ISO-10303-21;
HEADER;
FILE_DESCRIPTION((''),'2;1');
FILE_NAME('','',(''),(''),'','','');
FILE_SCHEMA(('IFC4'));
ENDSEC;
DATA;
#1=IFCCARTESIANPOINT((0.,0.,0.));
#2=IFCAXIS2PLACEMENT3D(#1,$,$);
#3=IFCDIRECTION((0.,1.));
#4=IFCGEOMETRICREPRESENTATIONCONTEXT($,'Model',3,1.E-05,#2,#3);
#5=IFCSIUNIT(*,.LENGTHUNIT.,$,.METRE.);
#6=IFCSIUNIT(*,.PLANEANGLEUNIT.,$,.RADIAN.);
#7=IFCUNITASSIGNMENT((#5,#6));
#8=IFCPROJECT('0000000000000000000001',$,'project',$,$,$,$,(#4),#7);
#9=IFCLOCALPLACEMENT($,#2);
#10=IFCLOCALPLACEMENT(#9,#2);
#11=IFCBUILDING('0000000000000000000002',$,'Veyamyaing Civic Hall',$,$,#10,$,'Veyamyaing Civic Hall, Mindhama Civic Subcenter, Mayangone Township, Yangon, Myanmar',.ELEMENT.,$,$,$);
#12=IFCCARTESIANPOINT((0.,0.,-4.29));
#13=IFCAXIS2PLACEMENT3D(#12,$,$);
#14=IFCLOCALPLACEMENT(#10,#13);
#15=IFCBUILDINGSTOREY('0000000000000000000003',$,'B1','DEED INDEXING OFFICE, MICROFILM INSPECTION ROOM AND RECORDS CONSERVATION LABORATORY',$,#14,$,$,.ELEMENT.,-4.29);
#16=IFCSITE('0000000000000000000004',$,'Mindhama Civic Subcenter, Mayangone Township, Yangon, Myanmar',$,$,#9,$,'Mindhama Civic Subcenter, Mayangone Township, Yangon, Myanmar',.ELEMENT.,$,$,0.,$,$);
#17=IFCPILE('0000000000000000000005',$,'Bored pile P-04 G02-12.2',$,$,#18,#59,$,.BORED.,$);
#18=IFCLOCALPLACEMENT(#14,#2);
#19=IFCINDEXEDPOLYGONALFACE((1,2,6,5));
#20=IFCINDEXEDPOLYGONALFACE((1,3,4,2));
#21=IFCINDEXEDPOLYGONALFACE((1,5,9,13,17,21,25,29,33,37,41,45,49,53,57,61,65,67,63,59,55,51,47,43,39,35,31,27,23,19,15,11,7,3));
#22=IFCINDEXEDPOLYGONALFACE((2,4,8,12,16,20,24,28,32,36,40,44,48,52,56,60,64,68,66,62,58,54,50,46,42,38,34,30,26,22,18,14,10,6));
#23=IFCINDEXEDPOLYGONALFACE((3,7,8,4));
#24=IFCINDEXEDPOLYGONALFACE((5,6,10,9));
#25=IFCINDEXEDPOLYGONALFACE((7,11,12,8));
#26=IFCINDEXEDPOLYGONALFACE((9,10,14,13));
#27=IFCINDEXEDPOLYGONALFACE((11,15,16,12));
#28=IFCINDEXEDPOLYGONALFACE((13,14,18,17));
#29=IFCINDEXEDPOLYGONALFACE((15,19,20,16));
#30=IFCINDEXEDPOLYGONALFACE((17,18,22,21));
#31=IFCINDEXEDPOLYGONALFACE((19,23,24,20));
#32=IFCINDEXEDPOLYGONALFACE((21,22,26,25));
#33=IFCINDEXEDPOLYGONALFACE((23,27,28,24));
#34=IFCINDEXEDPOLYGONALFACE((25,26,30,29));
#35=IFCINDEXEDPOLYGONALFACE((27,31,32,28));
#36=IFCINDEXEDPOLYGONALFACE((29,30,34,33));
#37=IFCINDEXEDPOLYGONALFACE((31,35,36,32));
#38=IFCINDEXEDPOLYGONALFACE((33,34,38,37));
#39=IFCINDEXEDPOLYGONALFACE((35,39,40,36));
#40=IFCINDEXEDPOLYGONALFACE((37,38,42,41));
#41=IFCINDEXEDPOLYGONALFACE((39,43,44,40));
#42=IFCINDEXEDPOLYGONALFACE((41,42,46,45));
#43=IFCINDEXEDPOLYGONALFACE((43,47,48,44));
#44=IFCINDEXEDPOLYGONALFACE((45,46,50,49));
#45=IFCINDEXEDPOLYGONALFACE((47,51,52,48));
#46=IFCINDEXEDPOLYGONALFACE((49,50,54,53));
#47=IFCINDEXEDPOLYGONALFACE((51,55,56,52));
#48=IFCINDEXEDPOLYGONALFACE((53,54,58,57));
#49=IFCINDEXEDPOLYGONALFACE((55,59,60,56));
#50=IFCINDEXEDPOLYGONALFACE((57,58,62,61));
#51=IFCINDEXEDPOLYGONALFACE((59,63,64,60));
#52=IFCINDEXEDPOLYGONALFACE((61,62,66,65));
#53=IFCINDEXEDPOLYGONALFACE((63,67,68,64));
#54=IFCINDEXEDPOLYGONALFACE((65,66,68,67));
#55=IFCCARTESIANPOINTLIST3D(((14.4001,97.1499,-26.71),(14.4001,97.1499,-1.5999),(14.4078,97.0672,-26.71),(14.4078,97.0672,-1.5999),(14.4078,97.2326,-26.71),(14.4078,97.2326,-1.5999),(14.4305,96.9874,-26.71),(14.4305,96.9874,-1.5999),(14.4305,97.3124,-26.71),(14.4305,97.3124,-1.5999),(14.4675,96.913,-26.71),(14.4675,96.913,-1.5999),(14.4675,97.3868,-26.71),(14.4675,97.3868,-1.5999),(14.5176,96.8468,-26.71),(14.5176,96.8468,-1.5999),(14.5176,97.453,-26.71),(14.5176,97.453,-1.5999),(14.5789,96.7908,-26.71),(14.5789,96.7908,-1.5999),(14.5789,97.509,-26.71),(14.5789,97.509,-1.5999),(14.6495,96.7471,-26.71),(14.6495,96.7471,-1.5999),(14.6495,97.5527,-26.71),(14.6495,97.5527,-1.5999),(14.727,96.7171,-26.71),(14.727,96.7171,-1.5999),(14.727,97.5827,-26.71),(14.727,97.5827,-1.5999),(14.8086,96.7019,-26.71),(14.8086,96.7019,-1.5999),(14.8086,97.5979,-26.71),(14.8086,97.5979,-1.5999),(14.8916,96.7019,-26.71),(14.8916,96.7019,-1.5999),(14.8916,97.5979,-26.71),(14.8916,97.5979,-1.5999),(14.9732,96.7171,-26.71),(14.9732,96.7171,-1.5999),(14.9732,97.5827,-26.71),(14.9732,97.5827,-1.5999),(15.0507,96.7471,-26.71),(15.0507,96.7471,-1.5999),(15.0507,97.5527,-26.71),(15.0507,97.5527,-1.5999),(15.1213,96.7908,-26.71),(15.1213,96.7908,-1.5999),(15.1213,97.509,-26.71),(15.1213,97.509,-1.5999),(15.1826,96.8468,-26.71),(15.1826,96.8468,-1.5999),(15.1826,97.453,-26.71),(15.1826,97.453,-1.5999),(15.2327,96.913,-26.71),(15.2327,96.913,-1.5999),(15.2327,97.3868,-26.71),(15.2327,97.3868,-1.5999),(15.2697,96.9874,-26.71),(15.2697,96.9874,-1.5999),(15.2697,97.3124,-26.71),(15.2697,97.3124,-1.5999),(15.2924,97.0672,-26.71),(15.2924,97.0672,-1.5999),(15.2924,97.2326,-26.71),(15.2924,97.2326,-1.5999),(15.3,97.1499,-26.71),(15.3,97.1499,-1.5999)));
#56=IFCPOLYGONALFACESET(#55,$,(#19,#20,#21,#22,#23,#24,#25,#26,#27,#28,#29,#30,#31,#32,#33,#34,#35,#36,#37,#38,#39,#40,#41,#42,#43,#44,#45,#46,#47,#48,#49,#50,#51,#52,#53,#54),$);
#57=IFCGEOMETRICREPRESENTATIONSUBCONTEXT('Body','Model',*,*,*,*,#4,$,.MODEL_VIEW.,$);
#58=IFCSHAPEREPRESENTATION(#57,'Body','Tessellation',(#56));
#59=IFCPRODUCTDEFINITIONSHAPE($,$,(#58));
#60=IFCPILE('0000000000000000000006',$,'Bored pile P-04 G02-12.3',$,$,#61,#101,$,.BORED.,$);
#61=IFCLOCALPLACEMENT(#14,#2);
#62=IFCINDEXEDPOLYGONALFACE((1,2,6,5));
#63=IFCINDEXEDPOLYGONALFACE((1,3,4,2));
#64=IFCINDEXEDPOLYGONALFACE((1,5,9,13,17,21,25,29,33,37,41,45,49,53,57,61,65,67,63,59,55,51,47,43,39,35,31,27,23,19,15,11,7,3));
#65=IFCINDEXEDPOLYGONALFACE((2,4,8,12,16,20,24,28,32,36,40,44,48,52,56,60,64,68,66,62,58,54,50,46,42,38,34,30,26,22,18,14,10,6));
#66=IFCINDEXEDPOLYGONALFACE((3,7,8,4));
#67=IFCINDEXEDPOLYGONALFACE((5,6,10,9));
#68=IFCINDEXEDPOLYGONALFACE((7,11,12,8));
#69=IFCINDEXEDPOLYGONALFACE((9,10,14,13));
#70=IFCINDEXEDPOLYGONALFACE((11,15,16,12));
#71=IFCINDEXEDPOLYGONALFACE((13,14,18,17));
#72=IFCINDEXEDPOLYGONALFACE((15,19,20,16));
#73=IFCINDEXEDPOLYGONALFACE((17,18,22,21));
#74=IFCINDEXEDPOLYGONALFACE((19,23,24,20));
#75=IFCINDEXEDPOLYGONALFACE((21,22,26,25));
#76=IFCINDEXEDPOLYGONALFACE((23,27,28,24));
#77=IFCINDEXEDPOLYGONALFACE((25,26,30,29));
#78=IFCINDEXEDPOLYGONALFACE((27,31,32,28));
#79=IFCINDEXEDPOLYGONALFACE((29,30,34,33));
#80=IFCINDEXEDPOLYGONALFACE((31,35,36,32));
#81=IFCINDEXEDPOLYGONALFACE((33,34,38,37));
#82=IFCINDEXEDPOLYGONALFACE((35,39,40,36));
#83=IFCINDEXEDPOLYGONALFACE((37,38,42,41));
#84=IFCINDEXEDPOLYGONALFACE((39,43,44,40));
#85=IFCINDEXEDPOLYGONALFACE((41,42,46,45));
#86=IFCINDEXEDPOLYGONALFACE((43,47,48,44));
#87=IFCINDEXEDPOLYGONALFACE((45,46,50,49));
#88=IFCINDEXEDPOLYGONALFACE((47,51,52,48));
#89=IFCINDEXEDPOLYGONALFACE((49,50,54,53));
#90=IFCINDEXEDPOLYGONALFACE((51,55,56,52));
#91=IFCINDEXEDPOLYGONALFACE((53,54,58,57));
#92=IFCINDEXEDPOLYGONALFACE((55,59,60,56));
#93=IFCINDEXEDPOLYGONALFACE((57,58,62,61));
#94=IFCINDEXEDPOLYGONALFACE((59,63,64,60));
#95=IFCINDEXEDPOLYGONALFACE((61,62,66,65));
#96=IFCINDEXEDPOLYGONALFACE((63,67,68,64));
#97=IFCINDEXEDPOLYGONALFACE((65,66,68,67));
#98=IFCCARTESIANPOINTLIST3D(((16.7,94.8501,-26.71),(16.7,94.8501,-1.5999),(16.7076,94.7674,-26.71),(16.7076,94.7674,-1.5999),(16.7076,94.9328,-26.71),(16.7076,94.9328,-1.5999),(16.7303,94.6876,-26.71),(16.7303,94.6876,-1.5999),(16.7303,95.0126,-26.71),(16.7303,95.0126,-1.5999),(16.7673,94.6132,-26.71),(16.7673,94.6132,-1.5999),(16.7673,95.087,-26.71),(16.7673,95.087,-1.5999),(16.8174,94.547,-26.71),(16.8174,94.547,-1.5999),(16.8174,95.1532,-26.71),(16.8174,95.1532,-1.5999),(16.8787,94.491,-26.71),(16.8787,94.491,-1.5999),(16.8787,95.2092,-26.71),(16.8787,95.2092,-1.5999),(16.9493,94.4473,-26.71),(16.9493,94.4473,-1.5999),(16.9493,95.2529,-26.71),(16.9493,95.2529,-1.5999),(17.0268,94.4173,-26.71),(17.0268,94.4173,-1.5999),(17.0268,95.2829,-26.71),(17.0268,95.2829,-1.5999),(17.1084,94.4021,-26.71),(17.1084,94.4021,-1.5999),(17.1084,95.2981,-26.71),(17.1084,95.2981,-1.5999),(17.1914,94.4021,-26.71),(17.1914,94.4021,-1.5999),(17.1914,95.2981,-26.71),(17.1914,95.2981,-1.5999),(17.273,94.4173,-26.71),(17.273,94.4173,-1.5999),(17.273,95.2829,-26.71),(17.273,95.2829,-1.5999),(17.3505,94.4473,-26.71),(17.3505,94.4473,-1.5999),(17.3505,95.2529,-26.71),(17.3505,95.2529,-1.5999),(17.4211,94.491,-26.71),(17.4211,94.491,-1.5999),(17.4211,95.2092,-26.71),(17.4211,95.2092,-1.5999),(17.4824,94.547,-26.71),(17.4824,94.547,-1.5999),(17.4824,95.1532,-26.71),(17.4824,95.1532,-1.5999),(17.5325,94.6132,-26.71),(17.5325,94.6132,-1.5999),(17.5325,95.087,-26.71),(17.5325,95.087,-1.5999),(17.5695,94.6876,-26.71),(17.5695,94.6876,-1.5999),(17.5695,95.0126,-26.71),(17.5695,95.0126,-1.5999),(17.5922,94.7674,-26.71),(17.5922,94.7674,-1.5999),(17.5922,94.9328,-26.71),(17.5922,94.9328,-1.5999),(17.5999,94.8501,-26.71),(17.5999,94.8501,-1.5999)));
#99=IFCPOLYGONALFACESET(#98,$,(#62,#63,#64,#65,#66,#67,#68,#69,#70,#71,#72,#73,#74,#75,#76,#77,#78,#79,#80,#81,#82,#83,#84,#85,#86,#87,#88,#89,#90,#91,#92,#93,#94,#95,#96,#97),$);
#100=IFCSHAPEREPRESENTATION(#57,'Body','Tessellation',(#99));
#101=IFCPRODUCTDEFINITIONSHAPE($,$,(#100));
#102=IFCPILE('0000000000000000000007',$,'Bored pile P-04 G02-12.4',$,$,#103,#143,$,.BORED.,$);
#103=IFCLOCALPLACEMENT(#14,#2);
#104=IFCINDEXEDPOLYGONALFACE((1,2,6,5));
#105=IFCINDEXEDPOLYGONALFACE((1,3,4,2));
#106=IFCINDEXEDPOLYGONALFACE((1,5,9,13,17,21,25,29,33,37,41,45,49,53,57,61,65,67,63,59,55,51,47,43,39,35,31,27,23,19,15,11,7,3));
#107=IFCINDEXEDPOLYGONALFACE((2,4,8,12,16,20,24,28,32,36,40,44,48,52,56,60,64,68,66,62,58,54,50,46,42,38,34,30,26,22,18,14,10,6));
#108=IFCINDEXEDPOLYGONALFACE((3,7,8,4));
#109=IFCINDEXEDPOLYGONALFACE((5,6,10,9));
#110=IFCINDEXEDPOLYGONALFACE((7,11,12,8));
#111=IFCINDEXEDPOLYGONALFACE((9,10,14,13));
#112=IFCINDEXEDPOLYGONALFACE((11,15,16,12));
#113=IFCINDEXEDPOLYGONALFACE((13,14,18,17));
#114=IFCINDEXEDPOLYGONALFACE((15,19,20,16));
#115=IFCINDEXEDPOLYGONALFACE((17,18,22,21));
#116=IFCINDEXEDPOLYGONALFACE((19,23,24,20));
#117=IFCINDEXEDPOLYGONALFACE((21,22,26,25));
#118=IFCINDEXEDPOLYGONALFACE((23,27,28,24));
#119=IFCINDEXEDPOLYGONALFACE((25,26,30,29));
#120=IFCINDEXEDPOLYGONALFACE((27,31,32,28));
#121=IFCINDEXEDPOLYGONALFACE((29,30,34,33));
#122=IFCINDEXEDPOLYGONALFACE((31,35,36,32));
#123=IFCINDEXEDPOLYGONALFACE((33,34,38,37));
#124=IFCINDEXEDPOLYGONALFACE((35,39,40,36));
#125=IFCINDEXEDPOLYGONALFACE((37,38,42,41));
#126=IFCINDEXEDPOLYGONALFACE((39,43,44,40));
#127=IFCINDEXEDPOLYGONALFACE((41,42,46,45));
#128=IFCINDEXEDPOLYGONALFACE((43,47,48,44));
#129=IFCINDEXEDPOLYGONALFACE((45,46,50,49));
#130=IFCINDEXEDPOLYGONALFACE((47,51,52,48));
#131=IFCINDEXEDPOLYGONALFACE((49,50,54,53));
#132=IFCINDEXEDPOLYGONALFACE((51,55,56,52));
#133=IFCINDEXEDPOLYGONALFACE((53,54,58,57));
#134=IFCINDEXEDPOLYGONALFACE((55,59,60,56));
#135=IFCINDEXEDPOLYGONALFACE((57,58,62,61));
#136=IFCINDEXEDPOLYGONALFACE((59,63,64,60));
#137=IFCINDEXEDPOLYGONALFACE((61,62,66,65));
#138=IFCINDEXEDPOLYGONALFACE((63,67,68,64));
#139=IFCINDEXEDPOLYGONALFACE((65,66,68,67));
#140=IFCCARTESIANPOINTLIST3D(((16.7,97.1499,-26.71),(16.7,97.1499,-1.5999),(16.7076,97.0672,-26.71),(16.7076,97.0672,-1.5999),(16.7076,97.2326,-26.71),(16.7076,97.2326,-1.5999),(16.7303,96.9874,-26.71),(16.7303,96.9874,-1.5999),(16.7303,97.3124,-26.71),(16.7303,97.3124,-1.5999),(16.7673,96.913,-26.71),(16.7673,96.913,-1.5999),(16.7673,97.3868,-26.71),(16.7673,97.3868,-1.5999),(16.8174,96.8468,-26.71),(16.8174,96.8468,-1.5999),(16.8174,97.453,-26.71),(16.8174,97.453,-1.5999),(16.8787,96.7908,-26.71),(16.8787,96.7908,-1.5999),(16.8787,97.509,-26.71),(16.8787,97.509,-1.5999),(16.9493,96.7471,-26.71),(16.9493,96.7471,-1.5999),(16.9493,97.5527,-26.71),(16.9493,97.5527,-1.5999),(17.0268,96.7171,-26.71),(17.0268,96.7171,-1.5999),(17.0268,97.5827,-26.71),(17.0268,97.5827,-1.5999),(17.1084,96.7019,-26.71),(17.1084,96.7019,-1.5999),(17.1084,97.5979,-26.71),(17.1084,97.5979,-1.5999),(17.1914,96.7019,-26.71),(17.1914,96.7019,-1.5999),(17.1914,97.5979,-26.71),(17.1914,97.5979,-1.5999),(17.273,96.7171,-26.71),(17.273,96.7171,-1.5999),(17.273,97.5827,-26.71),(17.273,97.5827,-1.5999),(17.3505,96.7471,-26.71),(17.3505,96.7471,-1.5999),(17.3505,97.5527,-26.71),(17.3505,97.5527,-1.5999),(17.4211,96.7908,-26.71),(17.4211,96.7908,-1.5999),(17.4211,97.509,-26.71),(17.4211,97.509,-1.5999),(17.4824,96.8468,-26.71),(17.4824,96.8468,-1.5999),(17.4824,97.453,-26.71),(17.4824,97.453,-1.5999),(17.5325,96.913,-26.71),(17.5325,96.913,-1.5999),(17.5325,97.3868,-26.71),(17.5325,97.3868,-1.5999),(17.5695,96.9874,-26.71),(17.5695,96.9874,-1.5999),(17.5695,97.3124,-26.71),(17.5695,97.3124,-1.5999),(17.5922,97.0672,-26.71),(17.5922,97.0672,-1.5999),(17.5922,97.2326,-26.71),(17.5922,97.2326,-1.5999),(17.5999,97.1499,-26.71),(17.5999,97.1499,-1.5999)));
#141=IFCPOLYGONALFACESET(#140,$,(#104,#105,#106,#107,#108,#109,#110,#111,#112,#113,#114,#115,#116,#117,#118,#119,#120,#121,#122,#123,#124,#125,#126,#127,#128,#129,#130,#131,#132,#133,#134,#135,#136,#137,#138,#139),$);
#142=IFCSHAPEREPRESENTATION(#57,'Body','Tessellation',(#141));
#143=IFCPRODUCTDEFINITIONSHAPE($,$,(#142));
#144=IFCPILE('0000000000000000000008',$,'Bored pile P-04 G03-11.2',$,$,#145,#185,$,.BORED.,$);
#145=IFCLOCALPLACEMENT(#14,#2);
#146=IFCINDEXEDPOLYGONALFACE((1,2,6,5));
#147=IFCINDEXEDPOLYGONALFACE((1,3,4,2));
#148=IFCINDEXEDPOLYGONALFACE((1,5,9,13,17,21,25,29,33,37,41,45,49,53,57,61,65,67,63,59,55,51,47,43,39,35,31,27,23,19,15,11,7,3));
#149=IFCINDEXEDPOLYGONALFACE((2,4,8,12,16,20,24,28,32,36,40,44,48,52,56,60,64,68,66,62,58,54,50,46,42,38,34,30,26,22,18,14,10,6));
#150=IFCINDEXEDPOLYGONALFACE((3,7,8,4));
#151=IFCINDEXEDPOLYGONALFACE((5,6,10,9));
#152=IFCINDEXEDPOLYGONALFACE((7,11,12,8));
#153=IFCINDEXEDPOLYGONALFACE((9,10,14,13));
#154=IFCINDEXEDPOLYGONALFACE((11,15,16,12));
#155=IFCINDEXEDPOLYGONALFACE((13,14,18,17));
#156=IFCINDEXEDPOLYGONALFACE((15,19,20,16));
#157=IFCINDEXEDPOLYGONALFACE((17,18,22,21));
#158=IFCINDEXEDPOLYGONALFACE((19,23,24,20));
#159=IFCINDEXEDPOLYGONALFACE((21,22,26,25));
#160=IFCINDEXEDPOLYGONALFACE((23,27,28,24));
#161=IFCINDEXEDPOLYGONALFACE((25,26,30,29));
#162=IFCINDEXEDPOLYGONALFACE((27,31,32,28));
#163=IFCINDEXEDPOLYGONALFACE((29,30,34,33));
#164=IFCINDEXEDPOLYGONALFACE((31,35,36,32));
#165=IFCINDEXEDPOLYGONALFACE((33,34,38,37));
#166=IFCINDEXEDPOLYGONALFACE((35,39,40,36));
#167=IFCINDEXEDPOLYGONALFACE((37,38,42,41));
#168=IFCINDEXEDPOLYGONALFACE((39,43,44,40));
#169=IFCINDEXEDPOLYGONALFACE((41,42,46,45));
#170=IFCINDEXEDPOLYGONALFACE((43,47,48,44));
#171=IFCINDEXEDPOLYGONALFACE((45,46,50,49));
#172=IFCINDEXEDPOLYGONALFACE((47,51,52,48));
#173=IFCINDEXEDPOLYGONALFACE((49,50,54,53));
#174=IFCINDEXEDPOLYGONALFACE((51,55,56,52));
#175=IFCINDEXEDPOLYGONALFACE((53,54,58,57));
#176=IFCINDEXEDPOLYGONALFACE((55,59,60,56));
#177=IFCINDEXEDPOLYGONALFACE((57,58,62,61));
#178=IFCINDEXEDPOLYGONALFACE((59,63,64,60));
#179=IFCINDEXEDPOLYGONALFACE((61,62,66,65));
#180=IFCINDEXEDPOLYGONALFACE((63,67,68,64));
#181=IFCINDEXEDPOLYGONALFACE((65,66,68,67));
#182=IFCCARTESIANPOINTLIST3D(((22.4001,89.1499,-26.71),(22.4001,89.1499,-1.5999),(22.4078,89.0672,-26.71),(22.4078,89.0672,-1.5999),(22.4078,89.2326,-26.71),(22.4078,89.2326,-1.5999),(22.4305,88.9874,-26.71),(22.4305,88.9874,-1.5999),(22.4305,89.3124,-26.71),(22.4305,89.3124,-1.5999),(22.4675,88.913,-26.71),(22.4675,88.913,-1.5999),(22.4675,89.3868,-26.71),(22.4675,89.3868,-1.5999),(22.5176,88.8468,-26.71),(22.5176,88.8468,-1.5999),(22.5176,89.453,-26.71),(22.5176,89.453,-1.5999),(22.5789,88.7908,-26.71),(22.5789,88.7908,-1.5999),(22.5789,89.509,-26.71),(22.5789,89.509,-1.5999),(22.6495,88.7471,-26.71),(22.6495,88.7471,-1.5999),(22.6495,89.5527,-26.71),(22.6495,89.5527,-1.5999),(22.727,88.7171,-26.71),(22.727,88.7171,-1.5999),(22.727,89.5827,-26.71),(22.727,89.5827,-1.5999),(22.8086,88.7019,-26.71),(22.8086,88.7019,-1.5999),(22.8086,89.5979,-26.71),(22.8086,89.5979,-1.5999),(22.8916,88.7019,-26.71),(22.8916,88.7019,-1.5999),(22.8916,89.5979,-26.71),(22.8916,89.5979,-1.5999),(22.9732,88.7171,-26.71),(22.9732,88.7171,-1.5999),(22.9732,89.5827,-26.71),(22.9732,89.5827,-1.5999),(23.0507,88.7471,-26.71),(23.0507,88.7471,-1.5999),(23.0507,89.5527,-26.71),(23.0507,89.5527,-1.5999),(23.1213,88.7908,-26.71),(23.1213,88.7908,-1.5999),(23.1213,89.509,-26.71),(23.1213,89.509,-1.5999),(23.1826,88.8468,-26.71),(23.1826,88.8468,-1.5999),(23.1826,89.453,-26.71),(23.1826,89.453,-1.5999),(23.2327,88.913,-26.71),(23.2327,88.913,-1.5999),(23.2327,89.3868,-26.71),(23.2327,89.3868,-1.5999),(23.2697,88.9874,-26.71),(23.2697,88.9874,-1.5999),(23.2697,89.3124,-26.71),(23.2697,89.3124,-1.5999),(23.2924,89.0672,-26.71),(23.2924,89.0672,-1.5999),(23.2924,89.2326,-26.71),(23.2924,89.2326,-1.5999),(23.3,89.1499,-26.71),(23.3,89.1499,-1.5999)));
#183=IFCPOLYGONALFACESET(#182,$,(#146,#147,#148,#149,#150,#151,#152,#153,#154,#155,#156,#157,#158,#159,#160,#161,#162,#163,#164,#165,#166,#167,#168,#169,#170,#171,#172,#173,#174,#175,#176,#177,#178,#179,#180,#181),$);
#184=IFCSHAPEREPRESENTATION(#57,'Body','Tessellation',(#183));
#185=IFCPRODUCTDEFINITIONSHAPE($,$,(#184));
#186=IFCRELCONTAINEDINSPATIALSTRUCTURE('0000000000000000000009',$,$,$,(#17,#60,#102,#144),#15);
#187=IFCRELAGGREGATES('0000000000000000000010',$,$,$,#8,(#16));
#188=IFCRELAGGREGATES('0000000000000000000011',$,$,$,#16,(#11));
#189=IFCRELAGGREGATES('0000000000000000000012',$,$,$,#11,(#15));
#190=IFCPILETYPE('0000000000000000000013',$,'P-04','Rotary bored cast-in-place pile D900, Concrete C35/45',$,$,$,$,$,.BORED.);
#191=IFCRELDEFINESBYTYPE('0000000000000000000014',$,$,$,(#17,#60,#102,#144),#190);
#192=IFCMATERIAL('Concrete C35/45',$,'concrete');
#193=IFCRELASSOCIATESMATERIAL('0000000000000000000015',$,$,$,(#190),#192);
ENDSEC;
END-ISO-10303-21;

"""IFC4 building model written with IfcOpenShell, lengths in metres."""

from ifc_helpers import new_model, si_unit, direction, frame, origin, origin_2d, place, context, subcontext, project, spatial, circle, extrude, material, material_profile, profile_set, type_object, element, save


model = new_model("IFC4")

# Units and contexts
model_context = context("Model", 3, precision=1e-05, world=origin(), true_north=direction((0.0, 1.0)))
body_context = subcontext(model_context, "Body", "Model", "MODEL_VIEW")
ifc_project = project(units=[si_unit("LENGTHUNIT", "METRE"), si_unit("PLANEANGLEUNIT", "RADIAN")], contexts=[model_context])

# Site, building, storey
site_placement = place(None, origin())
site = spatial("IfcSite", under=ifc_project, at=site_placement, Name="Mindhama Civic Subcenter, Mayangone Township, Yangon, Myanmar", LongName="Mindhama Civic Subcenter, Mayangone Township, Yangon, Myanmar", CompositionType="ELEMENT", RefElevation=0.0)
building_placement = place(site_placement, origin())
building = spatial("IfcBuilding", under=site, at=building_placement, Name="Veyamyaing Civic Hall", LongName="Veyamyaing Civic Hall, Mindhama Civic Subcenter, Mayangone Township, Yangon, Myanmar", CompositionType="ELEMENT")
storey_placement = place(building_placement, frame((0.0, 0.0, -4.29)))
storey = spatial("IfcBuildingStorey", under=building, at=storey_placement, Name="B1", Description="DEED INDEXING OFFICE, MICROFILM INSPECTION ROOM AND RECORDS CONSERVATION LABORATORY", CompositionType="ELEMENT", Elevation=-4.29)

# Piles
ifc_material_1 = material(Name="Concrete C35/45", Category="concrete")
ifc_material_profile_1 = material_profile(ifc_material_1, circle(Radius=0.45, at=origin_2d()), Name="PILE-D900")
ifc_profile_set_1 = profile_set([ifc_material_profile_1], Name="Concrete C35/45")
pile_type_1 = type_object("IfcPileType", Name="P-04", Description="Rotary bored cast-in-place pile D900, Concrete C35/45", PredefinedType="BORED", material=ifc_profile_set_1)
for number, where, z_axis, x_axis, name in (
    (1, (14.8501, 97.1499, -1.5999), (0.0, 0.0, -1.0), (1.0, 0.0, 0.0), "Bored pile P-04 G02-12.2"),
    (2, (17.1499, 94.8501, -1.5999), (0.0, 0.0, -1.0), (1.0, 0.0, 0.0), "Bored pile P-04 G02-12.3"),
    (3, (17.1499, 97.1499, -1.5999), (0.0, 0.0, -1.0), (1.0, 0.0, 0.0), "Bored pile P-04 G02-12.4"),
    (4, (22.8501, 89.1499, -1.5999), (0.0, 0.0, -1.0), (1.0, 0.0, 0.0), "Bored pile P-04 G03-11.2"),
):
    element("IfcPile", number, at=place(storey_placement, frame(where, z_axis=z_axis, x_axis=x_axis)), inside=storey, type_object=pile_type_1, Name=name, PredefinedType="BORED", context=body_context, shape_type="SweptSolid", body=[
        extrude(circle(Radius=0.45, at=origin_2d()), origin(), (0.0, 0.0, 1.0), 25.1101),
    ])

save(model, "model.ifc")
